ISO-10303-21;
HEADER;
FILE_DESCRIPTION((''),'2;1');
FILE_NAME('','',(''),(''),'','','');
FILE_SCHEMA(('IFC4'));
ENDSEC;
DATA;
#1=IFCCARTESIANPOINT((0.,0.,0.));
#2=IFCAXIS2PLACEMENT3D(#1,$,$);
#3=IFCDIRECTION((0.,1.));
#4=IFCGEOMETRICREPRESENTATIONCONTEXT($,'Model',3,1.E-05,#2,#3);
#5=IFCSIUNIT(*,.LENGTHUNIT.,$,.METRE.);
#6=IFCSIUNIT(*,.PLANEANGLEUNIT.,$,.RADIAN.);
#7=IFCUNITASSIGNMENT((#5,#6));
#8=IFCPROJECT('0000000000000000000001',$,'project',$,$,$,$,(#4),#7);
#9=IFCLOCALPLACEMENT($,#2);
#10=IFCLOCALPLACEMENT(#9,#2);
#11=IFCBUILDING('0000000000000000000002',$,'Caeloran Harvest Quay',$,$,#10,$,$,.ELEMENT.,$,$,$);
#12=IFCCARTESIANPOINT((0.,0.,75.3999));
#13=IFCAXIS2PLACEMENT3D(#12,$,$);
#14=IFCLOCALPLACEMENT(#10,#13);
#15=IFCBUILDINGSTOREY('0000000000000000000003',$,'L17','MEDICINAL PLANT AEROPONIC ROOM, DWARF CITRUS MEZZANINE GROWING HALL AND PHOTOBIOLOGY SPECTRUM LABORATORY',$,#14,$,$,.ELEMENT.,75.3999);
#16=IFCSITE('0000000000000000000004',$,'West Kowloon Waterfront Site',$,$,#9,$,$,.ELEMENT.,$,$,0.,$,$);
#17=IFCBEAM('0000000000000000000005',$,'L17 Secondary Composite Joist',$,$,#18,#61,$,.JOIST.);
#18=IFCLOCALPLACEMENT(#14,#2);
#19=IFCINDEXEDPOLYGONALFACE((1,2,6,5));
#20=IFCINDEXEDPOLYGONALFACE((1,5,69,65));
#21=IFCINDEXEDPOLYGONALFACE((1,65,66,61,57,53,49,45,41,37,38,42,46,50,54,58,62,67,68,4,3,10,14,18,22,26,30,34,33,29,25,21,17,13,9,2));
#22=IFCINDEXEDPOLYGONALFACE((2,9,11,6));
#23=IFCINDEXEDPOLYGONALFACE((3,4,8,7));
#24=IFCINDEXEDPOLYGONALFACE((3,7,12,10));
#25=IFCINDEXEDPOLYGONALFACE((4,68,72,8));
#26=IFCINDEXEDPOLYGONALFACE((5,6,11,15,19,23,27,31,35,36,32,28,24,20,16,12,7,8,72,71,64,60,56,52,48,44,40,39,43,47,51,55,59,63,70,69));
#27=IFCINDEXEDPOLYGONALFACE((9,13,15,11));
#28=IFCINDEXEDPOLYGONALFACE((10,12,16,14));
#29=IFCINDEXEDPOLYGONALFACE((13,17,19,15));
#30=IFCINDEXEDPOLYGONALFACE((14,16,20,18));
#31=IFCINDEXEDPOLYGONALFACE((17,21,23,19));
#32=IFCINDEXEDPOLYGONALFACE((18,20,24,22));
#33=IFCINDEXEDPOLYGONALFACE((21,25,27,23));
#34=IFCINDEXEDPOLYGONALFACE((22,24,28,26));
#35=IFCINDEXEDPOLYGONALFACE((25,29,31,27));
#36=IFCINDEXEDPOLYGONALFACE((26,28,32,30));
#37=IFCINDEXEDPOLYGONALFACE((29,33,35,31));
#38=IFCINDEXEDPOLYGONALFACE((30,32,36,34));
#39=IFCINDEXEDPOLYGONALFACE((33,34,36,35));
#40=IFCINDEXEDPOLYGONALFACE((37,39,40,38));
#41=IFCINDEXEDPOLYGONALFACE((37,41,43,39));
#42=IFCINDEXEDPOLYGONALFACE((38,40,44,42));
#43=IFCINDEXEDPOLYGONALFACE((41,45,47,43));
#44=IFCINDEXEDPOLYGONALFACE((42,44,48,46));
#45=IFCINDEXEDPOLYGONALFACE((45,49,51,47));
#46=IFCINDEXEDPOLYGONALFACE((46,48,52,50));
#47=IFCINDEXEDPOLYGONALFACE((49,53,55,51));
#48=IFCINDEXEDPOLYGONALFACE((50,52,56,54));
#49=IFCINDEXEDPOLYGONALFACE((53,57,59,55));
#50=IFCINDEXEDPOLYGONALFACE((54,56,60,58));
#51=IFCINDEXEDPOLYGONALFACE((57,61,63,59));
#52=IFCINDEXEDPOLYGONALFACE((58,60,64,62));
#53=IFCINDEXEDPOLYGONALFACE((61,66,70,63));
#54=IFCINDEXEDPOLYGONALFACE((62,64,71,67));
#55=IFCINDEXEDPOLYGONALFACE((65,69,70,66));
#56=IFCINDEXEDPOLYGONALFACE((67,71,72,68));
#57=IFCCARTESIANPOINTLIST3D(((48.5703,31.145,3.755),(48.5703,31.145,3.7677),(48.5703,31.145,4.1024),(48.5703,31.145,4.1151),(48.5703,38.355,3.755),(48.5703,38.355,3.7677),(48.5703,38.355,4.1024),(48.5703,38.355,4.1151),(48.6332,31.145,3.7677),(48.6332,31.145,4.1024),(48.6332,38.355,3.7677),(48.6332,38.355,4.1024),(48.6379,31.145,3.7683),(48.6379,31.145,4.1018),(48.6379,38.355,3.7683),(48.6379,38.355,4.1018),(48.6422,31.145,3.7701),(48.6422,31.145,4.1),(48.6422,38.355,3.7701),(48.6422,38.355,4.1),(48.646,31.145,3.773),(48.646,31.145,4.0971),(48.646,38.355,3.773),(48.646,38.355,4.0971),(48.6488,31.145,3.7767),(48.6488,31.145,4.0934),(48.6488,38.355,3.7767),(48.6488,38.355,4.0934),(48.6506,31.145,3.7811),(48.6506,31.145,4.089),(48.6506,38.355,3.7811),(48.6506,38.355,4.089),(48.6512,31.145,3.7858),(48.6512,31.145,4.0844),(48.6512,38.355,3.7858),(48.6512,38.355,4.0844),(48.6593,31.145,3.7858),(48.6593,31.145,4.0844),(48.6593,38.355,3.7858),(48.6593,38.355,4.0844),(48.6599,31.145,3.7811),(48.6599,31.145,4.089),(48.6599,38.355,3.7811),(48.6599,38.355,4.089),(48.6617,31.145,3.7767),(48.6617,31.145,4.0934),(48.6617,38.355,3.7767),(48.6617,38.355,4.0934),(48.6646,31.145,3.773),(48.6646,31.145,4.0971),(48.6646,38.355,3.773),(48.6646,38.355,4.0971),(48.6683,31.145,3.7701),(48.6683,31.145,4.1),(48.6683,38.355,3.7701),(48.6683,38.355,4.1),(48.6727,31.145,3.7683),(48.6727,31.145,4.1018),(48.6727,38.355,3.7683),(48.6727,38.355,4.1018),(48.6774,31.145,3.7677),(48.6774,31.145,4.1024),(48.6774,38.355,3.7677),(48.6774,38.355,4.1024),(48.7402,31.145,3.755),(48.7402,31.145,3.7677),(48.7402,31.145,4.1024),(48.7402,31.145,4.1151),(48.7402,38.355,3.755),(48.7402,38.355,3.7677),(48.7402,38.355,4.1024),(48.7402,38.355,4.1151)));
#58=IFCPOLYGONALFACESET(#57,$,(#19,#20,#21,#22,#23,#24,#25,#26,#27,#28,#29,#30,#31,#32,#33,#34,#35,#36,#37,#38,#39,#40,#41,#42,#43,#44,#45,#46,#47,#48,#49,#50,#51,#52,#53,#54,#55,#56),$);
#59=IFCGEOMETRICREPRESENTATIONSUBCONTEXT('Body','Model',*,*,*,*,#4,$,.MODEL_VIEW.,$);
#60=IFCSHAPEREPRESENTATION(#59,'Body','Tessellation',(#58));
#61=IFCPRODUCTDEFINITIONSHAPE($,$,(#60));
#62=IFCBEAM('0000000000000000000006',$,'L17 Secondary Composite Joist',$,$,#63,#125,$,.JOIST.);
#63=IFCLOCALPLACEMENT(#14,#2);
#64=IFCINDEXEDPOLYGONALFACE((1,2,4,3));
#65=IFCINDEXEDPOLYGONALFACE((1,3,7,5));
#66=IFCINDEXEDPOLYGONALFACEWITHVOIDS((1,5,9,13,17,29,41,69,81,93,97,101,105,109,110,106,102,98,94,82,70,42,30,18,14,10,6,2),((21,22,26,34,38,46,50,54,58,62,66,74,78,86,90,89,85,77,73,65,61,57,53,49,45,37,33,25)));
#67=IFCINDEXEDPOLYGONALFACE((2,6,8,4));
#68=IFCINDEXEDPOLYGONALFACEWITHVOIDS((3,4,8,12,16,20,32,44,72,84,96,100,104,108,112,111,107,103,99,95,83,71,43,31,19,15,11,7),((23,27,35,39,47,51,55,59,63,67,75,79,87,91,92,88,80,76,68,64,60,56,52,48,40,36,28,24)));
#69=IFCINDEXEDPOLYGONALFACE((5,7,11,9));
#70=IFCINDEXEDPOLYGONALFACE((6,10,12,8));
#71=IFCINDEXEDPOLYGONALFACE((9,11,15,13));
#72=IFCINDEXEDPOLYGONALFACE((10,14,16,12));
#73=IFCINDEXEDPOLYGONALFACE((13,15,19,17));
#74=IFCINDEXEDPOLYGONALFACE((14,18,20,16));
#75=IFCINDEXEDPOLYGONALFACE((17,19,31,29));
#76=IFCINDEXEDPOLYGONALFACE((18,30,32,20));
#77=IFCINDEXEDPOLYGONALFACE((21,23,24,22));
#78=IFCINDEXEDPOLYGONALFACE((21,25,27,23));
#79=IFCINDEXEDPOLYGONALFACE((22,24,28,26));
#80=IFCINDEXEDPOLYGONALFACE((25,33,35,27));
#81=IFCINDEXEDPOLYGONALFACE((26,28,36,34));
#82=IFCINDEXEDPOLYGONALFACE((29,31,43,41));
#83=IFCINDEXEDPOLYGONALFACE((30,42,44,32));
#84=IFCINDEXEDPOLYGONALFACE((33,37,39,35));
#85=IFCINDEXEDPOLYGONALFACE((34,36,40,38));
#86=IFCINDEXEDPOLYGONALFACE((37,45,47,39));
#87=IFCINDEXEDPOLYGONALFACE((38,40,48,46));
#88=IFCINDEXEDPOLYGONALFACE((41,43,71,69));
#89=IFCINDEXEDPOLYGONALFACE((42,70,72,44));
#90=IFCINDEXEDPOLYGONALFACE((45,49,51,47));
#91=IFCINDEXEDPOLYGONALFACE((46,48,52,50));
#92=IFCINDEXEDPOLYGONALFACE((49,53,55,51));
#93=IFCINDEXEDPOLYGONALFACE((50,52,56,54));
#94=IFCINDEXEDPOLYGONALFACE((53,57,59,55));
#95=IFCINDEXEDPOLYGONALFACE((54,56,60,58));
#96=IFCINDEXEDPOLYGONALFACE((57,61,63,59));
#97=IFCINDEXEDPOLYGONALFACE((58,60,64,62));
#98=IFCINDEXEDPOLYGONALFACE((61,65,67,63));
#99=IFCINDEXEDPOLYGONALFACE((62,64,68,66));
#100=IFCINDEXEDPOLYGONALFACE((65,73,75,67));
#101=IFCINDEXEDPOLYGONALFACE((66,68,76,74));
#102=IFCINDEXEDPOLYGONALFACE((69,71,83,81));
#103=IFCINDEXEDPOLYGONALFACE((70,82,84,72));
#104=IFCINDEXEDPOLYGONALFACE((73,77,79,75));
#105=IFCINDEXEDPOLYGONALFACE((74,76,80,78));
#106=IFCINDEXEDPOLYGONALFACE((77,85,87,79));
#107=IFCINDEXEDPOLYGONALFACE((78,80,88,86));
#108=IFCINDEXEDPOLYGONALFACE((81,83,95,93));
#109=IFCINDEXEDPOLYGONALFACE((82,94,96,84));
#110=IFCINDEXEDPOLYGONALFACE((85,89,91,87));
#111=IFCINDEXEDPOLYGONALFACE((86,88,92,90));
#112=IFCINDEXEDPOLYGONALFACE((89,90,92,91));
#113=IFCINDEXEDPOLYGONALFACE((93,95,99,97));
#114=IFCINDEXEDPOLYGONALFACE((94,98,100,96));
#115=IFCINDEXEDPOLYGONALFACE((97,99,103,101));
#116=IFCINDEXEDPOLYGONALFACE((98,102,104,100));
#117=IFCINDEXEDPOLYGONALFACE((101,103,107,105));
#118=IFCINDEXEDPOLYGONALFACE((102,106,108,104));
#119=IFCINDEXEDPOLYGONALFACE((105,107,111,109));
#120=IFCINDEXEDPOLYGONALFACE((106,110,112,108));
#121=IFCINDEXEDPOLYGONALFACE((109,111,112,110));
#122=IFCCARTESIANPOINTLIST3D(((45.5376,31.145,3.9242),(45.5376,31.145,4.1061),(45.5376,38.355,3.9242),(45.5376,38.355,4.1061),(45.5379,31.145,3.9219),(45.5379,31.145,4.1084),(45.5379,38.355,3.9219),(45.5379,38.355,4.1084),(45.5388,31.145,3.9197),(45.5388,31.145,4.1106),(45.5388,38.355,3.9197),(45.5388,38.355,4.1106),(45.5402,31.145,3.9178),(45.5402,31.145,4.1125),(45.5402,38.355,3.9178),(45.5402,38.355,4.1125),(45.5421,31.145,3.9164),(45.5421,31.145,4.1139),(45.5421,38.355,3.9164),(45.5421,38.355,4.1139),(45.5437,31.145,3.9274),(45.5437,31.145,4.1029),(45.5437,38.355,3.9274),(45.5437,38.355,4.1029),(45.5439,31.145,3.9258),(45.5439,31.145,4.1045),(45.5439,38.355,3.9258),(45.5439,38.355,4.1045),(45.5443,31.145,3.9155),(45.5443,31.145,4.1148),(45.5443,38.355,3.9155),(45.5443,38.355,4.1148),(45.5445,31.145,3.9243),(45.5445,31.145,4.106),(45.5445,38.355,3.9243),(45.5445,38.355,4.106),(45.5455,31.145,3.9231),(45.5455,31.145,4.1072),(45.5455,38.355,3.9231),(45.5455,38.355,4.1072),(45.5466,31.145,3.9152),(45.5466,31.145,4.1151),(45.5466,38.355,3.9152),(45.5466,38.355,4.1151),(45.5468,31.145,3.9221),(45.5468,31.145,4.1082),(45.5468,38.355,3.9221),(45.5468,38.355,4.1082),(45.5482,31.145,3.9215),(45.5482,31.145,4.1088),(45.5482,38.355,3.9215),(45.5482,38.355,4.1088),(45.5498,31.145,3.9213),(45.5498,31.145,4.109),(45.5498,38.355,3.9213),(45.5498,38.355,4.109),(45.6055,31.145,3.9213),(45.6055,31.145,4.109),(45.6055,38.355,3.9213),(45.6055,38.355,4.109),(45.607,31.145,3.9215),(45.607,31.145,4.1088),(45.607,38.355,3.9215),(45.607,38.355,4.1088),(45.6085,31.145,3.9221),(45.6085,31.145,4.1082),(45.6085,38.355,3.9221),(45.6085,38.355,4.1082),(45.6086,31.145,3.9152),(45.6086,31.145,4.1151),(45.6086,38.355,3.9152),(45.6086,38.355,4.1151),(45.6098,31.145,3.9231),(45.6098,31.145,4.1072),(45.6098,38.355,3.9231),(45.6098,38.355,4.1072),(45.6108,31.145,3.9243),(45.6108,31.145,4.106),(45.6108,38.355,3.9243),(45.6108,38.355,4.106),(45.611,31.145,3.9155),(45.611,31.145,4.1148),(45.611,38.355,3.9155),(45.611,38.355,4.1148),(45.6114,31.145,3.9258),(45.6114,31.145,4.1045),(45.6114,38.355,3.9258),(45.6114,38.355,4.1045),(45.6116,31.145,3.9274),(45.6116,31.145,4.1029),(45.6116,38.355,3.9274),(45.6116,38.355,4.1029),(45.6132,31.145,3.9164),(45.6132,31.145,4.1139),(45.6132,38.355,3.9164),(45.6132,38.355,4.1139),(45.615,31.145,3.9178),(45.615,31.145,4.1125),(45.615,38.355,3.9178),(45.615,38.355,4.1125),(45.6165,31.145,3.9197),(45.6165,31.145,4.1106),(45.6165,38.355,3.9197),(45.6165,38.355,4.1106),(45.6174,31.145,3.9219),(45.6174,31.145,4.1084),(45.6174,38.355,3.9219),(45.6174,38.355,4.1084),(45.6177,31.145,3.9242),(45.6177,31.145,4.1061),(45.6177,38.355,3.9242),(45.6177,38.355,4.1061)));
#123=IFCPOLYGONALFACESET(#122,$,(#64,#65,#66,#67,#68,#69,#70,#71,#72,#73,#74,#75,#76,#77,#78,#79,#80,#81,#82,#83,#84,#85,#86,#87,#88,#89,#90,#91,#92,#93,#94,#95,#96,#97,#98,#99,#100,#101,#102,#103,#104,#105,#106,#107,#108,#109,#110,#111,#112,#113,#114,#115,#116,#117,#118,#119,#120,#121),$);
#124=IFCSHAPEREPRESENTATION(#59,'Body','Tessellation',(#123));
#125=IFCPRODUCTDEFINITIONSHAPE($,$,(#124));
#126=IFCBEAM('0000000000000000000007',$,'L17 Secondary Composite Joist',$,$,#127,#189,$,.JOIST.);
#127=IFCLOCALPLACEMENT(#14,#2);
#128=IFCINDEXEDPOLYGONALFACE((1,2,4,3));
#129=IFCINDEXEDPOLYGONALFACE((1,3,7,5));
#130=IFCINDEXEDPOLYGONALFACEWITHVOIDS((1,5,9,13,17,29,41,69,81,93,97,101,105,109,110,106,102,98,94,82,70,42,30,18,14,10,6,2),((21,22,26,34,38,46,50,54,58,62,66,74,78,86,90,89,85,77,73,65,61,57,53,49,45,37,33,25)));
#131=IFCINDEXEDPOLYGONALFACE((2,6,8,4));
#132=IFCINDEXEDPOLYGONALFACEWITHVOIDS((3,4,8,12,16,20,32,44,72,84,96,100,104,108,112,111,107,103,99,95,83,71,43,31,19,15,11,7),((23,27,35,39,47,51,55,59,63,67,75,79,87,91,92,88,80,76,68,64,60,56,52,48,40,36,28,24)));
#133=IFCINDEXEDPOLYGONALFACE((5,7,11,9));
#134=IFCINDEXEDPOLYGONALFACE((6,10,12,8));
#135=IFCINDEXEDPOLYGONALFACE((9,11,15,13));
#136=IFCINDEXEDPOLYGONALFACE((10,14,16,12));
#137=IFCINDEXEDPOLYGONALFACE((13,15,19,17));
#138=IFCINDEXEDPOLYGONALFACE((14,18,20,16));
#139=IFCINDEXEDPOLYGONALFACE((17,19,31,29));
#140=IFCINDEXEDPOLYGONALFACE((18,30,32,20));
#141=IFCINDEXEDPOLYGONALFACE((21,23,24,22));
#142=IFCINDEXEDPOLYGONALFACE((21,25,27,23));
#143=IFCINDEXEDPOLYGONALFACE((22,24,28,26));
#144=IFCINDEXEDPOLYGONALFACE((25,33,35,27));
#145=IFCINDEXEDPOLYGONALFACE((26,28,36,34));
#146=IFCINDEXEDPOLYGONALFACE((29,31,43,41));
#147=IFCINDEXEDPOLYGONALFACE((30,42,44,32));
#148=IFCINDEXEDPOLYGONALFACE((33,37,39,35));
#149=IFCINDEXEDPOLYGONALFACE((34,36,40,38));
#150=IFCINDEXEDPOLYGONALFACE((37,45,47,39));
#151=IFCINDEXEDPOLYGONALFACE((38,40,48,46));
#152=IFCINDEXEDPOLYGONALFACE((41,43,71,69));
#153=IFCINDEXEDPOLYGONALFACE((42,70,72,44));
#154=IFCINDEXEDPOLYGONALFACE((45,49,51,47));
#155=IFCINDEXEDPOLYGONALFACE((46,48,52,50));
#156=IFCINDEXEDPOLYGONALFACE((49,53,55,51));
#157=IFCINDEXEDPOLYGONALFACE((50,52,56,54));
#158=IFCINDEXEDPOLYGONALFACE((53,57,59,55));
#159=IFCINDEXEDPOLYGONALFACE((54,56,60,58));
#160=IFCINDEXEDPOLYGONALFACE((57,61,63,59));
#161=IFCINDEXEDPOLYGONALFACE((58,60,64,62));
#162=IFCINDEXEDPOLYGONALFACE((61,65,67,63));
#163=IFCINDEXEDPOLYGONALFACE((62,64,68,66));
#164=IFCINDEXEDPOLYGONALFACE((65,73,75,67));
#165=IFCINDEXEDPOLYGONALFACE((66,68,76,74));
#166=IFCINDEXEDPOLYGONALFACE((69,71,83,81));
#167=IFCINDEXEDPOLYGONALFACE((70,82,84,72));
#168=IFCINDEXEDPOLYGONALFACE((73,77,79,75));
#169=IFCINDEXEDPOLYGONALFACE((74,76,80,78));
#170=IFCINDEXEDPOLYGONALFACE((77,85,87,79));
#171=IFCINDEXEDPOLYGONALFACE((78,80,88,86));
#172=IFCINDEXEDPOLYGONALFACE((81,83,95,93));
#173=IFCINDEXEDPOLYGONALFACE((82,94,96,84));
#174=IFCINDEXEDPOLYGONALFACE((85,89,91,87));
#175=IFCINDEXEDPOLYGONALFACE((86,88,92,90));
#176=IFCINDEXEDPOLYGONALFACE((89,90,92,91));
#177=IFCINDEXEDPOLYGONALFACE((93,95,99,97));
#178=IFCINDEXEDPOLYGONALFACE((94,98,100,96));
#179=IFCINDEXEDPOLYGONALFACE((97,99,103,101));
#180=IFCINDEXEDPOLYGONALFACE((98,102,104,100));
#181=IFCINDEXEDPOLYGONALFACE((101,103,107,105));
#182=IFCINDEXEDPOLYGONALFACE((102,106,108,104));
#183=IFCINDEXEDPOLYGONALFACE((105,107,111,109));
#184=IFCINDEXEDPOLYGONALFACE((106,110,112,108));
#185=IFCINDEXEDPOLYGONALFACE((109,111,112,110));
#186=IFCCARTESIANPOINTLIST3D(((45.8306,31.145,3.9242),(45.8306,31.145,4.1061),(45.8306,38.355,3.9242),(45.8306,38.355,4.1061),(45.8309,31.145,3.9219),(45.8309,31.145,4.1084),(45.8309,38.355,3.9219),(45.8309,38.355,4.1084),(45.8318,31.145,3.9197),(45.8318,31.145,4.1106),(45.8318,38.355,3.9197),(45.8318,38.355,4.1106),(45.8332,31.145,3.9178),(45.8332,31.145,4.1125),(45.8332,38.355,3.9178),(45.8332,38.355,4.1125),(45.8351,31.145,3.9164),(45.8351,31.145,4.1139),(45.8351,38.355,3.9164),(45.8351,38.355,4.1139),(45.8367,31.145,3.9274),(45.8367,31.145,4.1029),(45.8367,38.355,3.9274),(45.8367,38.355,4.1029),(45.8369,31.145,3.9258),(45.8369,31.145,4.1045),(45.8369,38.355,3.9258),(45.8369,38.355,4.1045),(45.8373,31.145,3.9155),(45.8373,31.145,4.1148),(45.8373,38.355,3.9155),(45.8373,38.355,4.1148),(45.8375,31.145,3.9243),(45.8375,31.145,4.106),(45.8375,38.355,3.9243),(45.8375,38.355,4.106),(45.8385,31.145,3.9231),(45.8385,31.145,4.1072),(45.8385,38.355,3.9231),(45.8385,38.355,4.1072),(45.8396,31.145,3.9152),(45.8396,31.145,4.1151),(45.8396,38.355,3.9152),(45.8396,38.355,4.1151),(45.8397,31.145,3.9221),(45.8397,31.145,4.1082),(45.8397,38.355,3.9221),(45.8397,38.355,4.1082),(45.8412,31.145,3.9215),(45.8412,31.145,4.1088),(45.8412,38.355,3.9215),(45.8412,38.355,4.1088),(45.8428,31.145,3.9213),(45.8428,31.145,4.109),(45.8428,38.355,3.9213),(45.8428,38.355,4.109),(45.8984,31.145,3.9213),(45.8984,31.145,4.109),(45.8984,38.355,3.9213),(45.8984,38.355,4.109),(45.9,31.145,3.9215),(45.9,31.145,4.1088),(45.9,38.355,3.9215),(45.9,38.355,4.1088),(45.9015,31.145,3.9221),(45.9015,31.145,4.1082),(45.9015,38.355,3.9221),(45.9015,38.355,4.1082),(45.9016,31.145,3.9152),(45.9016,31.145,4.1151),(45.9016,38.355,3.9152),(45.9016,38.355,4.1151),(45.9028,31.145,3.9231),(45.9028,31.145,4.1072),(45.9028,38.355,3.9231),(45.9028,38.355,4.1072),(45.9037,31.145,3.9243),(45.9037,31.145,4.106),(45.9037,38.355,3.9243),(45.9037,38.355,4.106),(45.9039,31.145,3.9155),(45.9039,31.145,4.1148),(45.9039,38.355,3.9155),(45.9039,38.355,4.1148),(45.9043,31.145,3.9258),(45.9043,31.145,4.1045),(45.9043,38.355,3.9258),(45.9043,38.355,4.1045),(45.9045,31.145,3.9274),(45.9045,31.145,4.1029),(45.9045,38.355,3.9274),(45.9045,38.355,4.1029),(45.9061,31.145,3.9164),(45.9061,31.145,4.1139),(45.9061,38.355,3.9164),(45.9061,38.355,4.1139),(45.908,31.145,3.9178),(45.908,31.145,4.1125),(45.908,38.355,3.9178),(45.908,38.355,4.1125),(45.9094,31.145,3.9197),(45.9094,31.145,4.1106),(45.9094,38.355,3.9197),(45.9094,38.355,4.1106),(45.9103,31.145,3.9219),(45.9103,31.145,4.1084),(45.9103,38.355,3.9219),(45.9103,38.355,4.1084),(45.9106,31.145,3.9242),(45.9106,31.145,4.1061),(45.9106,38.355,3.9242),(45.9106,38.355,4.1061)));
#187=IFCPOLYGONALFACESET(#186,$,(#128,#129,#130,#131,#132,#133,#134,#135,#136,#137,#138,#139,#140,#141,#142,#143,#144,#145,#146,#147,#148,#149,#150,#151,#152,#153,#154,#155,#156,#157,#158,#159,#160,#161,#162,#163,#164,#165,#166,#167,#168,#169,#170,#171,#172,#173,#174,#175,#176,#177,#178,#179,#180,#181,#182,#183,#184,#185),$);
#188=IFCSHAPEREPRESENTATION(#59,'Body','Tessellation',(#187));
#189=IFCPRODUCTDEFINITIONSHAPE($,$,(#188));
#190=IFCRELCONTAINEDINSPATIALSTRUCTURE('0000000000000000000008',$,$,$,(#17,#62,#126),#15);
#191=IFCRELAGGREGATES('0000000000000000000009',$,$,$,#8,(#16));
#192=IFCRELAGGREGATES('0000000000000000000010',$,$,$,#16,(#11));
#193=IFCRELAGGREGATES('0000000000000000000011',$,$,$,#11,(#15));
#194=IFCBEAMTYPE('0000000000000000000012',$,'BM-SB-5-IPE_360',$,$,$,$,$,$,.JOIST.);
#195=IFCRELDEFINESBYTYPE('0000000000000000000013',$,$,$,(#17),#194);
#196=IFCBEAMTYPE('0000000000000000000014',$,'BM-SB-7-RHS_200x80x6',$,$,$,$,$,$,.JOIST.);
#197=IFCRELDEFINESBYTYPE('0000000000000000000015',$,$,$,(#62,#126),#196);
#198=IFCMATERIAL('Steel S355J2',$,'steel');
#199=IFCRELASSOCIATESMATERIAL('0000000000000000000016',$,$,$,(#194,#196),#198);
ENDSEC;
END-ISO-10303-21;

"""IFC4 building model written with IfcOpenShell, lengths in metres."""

from ifc_helpers import new_model, si_unit, direction, frame, origin, origin_2d, place, context, subcontext, project, spatial, hollow_rectangle, i_section, extrude, material, material_profile, profile_set, type_object, element, save


model = new_model("IFC4")

# Units and contexts
model_context = context("Model", 3, precision=1e-05, world=origin(), true_north=direction((0.0, 1.0)))
body_context = subcontext(model_context, "Body", "Model", "MODEL_VIEW")
ifc_project = project(units=[si_unit("LENGTHUNIT", "METRE"), si_unit("PLANEANGLEUNIT", "RADIAN")], contexts=[model_context])

# Site, building, storey
site_placement = place(None, origin())
site = spatial("IfcSite", under=ifc_project, at=site_placement, Name="West Kowloon Waterfront Site", CompositionType="ELEMENT", RefElevation=0.0)
building_placement = place(site_placement, origin())
building = spatial("IfcBuilding", under=site, at=building_placement, Name="Caeloran Harvest Quay", CompositionType="ELEMENT")
storey_placement = place(building_placement, frame((0.0, 0.0, 75.3999)))
storey = spatial("IfcBuildingStorey", under=building, at=storey_placement, Name="L17", Description="MEDICINAL PLANT AEROPONIC ROOM, DWARF CITRUS MEZZANINE GROWING HALL AND PHOTOBIOLOGY SPECTRUM LABORATORY", CompositionType="ELEMENT", Elevation=75.3999)

# Beams
ifc_material_1 = material(Name="Steel S355J2", Category="steel")
ifc_material_profile_1 = material_profile(ifc_material_1, i_section(OverallWidth=0.1699, OverallDepth=0.3601, WebThickness=0.0081, FlangeThickness=0.0127, FilletRadius=0.0181, at=origin_2d()), Name="IPE 360")
ifc_profile_set_1 = profile_set([ifc_material_profile_1], Name="Steel S355J2")
beam_type_1 = type_object("IfcBeamType", Name="BM-SB-5-IPE_360", PredefinedType="JOIST", material=ifc_profile_set_1)
for number, where, z_axis, x_axis, name in (
    (1, (48.6553, 31.145, 3.9351), (0.0, 1.0, 0.0), (-1.0, 0.0, 0.0), "L17 Secondary Composite Joist"),
):
    element("IfcBeam", number, at=place(storey_placement, frame(where, z_axis=z_axis, x_axis=x_axis)), inside=storey, type_object=beam_type_1, Name=name, PredefinedType="JOIST", context=body_context, shape_type="SweptSolid", body=[
        extrude(i_section(OverallWidth=0.1699, OverallDepth=0.3601, WebThickness=0.0081, FlangeThickness=0.0127, FilletRadius=0.0181, at=origin_2d()), origin(), (0.0, 0.0, 1.0), 7.21),
    ])
ifc_material_profile_2 = material_profile(ifc_material_1, hollow_rectangle(XDim=0.0801, YDim=0.2, WallThickness=0.0061, InnerFilletRadius=0.0061, OuterFilletRadius=0.009, at=origin_2d()), Name="RHS 200x80x6")
ifc_profile_set_2 = profile_set([ifc_material_profile_2], Name="Steel S355J2")
beam_type_2 = type_object("IfcBeamType", Name="BM-SB-7-RHS_200x80x6", PredefinedType="JOIST", material=ifc_profile_set_2)
for number, where, z_axis, x_axis, name in (
    (2, (45.5776, 31.145, 4.0151), (0.0, 1.0, 0.0), (-1.0, 0.0, 0.0), "L17 Secondary Composite Joist"),
    (3, (45.8706, 31.145, 4.0151), (0.0, 1.0, 0.0), (-1.0, 0.0, 0.0), "L17 Secondary Composite Joist"),
):
    element("IfcBeam", number, at=place(storey_placement, frame(where, z_axis=z_axis, x_axis=x_axis)), inside=storey, type_object=beam_type_2, Name=name, PredefinedType="JOIST", context=body_context, shape_type="SweptSolid", body=[
        extrude(hollow_rectangle(XDim=0.0801, YDim=0.2, WallThickness=0.0061, InnerFilletRadius=0.0061, OuterFilletRadius=0.009, at=origin_2d()), origin(), (0.0, 0.0, 1.0), 7.21),
    ])

save(model, "model.ifc")
